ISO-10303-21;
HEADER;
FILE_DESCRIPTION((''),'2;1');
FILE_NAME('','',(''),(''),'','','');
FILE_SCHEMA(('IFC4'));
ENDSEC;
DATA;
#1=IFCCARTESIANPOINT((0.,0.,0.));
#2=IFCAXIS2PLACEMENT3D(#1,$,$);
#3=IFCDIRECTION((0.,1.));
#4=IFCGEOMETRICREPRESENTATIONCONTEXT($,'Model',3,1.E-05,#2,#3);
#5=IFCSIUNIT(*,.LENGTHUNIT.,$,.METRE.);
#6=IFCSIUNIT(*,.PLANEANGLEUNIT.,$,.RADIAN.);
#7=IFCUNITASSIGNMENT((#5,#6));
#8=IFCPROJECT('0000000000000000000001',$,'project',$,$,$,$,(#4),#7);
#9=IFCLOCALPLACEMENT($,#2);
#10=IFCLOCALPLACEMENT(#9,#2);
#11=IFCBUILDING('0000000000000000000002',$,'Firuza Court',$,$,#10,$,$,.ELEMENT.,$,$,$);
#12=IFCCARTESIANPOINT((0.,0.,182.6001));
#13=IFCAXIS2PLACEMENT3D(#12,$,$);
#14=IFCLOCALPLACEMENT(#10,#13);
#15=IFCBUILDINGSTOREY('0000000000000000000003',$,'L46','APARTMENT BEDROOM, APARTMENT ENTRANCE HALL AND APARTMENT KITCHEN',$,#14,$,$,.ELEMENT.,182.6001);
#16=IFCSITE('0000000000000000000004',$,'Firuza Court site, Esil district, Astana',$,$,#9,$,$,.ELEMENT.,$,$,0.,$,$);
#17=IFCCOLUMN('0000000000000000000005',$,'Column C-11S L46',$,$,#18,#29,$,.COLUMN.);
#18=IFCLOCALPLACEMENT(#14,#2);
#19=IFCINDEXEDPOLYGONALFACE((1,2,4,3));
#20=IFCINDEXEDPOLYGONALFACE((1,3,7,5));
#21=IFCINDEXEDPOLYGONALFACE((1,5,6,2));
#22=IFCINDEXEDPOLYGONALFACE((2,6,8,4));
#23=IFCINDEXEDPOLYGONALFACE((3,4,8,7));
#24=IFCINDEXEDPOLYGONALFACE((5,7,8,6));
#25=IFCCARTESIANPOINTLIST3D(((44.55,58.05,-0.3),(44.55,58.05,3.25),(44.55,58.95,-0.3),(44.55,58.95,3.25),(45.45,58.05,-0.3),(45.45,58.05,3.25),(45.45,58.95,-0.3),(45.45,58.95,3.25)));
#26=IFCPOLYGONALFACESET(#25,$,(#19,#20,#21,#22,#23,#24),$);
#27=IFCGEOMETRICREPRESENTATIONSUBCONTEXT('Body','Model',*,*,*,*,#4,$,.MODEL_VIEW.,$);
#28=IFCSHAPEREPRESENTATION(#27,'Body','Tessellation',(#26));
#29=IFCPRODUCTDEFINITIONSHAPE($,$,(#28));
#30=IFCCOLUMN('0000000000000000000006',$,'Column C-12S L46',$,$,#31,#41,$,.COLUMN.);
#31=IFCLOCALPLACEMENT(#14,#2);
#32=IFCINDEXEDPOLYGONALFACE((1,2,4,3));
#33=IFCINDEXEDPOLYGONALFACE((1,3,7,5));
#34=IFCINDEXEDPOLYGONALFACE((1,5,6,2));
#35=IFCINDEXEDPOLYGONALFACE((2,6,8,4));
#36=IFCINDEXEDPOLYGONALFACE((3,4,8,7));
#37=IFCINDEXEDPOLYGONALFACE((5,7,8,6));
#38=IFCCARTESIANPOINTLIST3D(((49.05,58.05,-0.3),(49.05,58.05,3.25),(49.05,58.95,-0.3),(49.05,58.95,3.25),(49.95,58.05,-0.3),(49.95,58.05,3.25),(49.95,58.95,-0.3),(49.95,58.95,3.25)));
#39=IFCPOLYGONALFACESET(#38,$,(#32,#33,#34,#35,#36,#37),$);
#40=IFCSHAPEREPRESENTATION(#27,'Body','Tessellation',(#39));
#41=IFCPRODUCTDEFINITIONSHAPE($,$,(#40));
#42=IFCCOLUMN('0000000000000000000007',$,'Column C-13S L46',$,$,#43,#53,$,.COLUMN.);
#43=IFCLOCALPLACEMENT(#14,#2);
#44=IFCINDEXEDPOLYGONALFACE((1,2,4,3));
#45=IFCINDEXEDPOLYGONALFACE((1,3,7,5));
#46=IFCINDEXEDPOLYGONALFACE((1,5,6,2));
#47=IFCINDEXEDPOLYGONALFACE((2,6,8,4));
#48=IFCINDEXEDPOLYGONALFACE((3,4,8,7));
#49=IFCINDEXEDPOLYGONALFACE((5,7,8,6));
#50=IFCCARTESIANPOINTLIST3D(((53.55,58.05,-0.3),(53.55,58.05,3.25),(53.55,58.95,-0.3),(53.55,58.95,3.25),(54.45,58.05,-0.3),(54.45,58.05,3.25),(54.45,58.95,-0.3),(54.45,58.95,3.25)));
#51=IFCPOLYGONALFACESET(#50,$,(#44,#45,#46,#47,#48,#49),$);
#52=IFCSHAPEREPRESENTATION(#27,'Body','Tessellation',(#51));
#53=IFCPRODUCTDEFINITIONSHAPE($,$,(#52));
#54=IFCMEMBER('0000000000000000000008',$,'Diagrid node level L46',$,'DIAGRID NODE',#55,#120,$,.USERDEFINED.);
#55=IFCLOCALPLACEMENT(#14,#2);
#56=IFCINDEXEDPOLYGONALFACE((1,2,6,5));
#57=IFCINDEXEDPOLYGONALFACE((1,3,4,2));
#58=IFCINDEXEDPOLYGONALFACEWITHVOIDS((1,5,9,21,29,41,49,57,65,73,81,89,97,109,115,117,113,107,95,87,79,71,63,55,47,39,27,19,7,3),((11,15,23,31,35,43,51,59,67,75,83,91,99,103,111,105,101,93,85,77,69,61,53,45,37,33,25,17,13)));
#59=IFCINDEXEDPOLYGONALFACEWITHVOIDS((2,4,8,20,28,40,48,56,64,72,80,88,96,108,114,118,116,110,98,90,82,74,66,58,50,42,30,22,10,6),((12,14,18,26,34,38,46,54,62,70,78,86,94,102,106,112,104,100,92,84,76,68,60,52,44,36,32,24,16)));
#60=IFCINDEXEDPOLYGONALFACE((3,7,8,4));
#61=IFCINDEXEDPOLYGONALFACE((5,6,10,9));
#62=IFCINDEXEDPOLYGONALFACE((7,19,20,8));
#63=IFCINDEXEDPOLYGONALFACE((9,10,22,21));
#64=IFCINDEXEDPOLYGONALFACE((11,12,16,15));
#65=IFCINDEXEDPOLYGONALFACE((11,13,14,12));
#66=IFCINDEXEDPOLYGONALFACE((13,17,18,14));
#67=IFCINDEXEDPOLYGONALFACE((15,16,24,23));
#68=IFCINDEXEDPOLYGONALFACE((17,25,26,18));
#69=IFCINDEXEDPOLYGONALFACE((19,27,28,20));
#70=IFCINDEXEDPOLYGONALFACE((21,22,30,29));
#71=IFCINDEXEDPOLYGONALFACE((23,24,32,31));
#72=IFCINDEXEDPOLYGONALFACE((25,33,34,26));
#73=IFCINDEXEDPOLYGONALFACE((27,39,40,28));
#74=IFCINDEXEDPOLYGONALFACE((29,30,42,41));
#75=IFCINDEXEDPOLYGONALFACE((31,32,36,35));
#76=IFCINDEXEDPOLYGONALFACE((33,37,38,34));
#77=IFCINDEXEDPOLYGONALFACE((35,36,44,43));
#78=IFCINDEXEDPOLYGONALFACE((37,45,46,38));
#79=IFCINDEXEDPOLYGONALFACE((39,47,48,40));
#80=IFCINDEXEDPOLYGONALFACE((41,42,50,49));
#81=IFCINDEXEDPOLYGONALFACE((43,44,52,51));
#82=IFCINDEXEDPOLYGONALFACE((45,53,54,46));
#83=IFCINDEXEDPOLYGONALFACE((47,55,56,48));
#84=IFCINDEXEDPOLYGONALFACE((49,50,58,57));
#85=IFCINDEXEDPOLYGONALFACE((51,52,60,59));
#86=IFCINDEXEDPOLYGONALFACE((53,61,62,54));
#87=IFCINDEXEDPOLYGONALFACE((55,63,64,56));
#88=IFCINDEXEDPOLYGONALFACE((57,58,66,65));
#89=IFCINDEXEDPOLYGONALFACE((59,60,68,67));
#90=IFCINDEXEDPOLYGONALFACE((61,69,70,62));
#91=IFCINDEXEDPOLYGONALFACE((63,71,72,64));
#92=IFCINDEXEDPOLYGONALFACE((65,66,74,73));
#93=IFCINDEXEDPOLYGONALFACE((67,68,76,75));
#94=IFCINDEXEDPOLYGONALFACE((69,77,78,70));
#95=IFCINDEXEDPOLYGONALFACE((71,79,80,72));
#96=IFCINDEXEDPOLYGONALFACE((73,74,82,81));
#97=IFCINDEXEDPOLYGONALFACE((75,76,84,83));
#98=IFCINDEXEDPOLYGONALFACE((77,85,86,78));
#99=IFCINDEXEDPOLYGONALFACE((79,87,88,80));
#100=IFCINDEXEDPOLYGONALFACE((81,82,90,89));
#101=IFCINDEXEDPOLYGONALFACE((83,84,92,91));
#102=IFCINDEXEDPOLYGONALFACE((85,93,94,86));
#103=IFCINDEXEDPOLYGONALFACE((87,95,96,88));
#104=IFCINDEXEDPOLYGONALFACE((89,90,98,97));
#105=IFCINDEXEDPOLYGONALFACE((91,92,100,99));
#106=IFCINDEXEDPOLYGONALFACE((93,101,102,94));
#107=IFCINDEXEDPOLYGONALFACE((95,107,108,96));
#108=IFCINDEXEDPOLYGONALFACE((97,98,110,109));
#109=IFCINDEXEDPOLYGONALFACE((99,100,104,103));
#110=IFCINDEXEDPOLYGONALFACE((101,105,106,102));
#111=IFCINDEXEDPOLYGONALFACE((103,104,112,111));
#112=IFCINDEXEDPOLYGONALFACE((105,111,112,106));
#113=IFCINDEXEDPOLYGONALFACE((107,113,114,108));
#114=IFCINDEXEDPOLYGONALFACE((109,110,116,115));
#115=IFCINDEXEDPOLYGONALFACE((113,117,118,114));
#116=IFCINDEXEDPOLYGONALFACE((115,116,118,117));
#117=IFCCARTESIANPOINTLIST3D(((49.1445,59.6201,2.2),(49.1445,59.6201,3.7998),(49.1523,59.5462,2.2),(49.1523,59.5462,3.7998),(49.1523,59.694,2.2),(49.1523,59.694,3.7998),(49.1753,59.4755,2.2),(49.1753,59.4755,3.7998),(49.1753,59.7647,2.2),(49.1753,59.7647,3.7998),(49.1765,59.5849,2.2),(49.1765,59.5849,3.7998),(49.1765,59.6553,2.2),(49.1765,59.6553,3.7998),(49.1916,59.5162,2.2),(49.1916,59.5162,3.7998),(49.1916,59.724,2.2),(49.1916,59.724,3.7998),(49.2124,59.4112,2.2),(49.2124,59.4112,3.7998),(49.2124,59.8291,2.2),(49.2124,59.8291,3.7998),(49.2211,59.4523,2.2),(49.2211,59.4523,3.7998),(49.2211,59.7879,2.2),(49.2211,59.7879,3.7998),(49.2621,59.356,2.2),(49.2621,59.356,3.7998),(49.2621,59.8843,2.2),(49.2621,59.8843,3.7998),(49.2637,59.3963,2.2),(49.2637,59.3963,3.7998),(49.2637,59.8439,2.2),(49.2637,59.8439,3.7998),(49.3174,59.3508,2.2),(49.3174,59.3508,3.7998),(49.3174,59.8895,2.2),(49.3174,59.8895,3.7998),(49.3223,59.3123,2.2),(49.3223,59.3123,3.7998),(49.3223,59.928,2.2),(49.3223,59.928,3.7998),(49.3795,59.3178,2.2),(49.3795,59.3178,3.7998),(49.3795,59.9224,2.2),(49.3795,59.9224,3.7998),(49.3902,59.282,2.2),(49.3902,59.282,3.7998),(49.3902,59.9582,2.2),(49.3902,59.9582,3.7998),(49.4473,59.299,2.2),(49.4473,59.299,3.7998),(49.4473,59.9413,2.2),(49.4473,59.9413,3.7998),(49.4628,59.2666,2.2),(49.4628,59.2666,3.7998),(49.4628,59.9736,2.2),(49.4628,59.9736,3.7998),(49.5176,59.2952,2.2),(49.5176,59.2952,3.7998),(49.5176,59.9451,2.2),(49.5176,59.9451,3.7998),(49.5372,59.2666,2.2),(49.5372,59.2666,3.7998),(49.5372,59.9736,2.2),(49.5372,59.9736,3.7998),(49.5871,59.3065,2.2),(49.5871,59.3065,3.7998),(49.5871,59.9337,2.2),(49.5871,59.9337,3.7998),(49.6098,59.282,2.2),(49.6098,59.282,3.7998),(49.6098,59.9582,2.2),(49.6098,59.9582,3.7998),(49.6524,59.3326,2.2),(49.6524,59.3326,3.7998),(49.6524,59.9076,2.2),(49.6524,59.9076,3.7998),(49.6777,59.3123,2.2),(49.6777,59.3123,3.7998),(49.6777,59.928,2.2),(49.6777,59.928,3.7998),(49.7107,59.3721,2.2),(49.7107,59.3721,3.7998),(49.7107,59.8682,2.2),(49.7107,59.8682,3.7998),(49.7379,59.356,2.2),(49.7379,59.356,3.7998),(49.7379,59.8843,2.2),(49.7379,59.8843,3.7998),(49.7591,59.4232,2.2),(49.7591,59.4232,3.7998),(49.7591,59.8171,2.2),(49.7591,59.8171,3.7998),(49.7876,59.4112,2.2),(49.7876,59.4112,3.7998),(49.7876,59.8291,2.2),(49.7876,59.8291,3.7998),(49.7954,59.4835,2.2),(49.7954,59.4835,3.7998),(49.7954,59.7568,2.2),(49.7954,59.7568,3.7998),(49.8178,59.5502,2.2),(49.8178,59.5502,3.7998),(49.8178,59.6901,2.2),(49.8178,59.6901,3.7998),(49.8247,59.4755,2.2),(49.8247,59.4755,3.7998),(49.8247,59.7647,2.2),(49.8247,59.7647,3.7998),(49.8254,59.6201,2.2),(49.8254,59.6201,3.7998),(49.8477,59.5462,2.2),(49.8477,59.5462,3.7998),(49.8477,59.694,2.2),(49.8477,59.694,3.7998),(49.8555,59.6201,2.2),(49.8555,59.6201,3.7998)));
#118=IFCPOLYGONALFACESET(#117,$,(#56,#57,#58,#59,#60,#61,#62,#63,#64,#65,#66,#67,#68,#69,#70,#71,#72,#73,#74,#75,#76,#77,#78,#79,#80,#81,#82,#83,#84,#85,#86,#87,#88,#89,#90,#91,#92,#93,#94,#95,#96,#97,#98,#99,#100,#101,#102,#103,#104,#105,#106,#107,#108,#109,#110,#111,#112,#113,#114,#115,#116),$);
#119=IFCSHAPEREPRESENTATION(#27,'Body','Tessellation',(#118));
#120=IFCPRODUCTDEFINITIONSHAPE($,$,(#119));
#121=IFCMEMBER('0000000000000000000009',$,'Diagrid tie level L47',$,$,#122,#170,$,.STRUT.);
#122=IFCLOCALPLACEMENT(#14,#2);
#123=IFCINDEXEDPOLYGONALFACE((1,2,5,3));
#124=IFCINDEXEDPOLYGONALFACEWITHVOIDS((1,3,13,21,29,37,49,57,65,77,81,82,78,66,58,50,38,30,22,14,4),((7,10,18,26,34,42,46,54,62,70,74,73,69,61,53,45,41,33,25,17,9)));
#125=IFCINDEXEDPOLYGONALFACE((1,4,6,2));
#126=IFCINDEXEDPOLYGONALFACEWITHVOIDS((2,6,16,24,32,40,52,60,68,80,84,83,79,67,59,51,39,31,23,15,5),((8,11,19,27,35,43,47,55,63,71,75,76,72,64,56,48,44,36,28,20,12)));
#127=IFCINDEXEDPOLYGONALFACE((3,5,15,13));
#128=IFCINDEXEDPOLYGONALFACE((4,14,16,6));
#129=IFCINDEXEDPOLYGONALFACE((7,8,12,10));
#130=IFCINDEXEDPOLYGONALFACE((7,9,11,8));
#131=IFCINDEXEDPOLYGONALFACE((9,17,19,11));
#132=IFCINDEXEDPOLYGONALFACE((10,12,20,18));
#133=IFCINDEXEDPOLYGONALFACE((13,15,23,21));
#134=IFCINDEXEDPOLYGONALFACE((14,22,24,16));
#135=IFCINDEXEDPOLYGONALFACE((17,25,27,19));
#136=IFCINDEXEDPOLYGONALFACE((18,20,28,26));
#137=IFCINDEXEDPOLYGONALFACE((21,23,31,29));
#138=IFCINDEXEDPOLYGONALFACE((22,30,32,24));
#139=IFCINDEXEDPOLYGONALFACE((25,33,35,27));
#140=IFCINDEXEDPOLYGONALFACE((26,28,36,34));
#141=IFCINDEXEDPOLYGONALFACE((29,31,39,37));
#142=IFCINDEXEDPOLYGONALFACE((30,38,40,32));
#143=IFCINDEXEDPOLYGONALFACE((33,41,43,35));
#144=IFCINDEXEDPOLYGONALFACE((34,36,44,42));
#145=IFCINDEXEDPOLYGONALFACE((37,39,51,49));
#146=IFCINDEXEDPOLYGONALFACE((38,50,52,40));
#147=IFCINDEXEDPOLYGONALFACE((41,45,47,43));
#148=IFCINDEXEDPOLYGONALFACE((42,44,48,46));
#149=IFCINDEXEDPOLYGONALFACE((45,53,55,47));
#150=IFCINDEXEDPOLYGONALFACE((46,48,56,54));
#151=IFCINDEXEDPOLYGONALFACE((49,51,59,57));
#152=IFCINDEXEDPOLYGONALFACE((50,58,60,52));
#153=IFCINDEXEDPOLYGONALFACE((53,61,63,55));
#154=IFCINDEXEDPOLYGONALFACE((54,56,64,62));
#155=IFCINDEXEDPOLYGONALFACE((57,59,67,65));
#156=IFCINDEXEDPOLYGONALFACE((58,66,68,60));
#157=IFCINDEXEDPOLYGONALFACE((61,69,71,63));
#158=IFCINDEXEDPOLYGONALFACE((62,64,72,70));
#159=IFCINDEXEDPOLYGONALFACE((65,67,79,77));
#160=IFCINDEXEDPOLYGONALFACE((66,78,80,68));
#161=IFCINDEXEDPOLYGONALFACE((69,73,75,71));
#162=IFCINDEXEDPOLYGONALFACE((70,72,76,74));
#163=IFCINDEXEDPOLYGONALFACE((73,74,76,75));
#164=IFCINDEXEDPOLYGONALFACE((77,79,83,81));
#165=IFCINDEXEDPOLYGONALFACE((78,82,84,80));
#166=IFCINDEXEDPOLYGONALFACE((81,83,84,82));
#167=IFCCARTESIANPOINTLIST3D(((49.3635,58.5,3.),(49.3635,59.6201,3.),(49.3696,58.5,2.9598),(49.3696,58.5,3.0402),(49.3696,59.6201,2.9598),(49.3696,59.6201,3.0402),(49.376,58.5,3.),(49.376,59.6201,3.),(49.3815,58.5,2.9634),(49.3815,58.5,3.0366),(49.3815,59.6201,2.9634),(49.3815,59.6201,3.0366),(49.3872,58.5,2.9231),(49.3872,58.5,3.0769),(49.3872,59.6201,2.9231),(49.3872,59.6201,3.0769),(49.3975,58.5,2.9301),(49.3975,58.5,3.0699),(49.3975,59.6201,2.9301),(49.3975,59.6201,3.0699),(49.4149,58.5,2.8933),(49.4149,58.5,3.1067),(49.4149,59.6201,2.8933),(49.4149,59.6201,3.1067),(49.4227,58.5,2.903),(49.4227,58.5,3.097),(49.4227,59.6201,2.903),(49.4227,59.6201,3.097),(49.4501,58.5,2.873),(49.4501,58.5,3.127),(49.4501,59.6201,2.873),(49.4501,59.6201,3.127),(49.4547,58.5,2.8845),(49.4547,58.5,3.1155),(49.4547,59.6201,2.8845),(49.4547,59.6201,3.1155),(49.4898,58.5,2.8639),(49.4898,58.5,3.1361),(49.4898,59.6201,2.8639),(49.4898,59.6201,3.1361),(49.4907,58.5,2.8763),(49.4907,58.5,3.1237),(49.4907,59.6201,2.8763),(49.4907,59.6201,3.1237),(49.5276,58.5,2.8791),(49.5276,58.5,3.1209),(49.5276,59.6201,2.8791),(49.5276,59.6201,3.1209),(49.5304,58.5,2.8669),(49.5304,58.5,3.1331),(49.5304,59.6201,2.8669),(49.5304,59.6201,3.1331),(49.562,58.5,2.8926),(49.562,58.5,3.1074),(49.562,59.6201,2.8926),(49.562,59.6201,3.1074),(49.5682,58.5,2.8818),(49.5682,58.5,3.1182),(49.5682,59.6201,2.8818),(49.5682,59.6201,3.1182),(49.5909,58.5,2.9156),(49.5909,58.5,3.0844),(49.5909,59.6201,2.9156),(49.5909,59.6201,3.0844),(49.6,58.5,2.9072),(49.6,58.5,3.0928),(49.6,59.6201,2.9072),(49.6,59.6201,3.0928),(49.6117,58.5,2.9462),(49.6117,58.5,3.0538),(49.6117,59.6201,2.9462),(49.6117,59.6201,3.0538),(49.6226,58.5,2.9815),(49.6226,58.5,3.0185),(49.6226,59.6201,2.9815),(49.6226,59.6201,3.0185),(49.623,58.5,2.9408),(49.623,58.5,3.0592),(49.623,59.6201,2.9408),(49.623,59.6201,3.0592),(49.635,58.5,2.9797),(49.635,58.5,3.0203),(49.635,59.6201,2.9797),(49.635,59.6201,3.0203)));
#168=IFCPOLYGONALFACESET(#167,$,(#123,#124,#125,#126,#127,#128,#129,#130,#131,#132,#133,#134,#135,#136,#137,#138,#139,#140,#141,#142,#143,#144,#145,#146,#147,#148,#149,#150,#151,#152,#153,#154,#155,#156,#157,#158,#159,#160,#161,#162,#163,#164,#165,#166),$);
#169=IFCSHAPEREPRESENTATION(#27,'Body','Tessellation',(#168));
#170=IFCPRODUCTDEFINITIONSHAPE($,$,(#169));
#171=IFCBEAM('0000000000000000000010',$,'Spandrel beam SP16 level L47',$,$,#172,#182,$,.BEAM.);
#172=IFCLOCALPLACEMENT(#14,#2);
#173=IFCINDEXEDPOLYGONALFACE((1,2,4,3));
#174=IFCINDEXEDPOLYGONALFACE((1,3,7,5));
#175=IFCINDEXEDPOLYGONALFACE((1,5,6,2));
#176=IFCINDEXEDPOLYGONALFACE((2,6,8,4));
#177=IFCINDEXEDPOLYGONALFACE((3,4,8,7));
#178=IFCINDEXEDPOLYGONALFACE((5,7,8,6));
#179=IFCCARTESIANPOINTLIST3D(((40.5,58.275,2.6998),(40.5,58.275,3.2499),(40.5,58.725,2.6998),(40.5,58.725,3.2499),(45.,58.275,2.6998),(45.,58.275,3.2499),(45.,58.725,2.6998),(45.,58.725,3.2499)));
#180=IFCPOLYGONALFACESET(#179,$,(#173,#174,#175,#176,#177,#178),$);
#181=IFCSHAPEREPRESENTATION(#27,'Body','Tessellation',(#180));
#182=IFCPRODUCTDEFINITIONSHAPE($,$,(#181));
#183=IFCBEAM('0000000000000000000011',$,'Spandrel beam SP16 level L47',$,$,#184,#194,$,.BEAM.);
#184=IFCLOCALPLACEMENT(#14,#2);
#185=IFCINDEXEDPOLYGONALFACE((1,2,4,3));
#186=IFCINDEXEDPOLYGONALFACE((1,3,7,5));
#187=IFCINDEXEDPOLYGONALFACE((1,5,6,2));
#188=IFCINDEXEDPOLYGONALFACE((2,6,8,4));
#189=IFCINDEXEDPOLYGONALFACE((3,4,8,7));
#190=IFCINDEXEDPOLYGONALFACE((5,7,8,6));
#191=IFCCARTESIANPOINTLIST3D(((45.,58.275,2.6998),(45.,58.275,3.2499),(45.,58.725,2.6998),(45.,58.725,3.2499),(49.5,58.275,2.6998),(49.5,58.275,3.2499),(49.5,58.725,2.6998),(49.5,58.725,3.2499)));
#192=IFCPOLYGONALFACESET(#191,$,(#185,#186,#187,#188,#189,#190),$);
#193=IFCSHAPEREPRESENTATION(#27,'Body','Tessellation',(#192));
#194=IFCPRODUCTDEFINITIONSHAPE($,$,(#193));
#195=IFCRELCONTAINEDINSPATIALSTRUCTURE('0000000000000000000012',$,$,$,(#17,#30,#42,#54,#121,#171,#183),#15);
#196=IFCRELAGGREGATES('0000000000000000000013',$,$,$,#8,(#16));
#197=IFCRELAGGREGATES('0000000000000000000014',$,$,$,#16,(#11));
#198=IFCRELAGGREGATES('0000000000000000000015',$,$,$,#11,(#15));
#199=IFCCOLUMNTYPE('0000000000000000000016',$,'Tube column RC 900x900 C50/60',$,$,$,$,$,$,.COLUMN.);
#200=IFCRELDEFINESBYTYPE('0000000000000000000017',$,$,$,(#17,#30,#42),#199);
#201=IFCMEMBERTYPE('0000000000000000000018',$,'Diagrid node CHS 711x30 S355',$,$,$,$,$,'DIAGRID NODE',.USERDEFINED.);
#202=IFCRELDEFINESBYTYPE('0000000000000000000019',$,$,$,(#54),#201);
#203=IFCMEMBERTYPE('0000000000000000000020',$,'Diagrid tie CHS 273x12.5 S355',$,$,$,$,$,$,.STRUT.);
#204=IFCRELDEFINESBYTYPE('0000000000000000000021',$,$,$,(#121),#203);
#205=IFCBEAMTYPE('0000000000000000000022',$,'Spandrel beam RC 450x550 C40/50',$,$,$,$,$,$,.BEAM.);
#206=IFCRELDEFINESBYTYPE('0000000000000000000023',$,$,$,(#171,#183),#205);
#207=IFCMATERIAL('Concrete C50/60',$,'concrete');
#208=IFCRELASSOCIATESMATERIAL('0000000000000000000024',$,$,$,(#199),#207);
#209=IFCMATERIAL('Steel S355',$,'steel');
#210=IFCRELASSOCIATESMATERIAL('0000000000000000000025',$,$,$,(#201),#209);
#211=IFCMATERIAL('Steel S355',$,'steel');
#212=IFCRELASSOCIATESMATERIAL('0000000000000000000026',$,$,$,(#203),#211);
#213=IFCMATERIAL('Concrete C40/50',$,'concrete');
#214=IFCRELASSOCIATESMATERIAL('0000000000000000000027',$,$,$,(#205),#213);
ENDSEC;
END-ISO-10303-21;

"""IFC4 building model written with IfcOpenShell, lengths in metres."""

from ifc_helpers import new_model, si_unit, direction, frame, origin, origin_2d, place, context, subcontext, project, spatial, rectangle, hollow_circle, extrude, material, material_profile, profile_set, type_object, element, save


model = new_model("IFC4")

# Units and contexts
model_context = context("Model", 3, precision=1e-05, world=origin(), true_north=direction((0.0, 1.0)))
body_context = subcontext(model_context, "Body", "Model", "MODEL_VIEW")
ifc_project = project(units=[si_unit("LENGTHUNIT", "METRE"), si_unit("PLANEANGLEUNIT", "RADIAN")], contexts=[model_context])

# Site, building, storey
site_placement = place(None, origin())
site = spatial("IfcSite", under=ifc_project, at=site_placement, Name="Firuza Court site, Esil district, Astana", CompositionType="ELEMENT", RefElevation=0.0)
building_placement = place(site_placement, origin())
building = spatial("IfcBuilding", under=site, at=building_placement, Name="Firuza Court", CompositionType="ELEMENT")
storey_placement = place(building_placement, frame((0.0, 0.0, 182.6001)))
storey = spatial("IfcBuildingStorey", under=building, at=storey_placement, Name="L46", Description="APARTMENT BEDROOM, APARTMENT ENTRANCE HALL AND APARTMENT KITCHEN", CompositionType="ELEMENT", Elevation=182.6001)

# Columns
ifc_material_1 = material(Name="Concrete C50/60", Category="concrete")
ifc_material_profile_1 = material_profile(ifc_material_1, rectangle(XDim=0.8999, YDim=0.8999, at=origin_2d()), Name="RC 900x900")
ifc_profile_set_1 = profile_set([ifc_material_profile_1], Name="Concrete C50/60")
column_type = type_object("IfcColumnType", Name="Tube column RC 900x900 C50/60", PredefinedType="COLUMN", material=ifc_profile_set_1)
for number, where, z_axis, x_axis, name in (
    (1, (45.0, 58.5, -0.3), (0.0, 0.0, 1.0), (1.0, 0.0, 0.0), "Column C-11S L46"),
    (2, (49.5, 58.5, -0.3), (0.0, 0.0, 1.0), (1.0, 0.0, 0.0), "Column C-12S L46"),
    (3, (54.0, 58.5, -0.3), (0.0, 0.0, 1.0), (1.0, 0.0, 0.0), "Column C-13S L46"),
):
    element("IfcColumn", number, at=place(storey_placement, frame(where, z_axis=z_axis, x_axis=x_axis)), inside=storey, type_object=column_type, Name=name, PredefinedType="COLUMN", context=body_context, shape_type="SweptSolid", body=[
        extrude(rectangle(XDim=0.8999, YDim=0.8999, at=origin_2d()), origin(), (0.0, 0.0, 1.0), 3.55),
    ])

# Members
ifc_material_2 = material(Name="Steel S355", Category="steel")
ifc_material_profile_2 = material_profile(ifc_material_2, hollow_circle(Radius=0.3555, WallThickness=0.03, at=origin_2d()), Name="CHS 711x30")
ifc_profile_set_2 = profile_set([ifc_material_profile_2], Name="Steel S355")
member_type_1 = type_object("IfcMemberType", Name="Diagrid node CHS 711x30 S355", ElementType="DIAGRID NODE", PredefinedType="USERDEFINED", material=ifc_profile_set_2)
member_1_placement = place(storey_placement, frame((49.5, 59.6201, 2.2), z_axis=(0.0, 0.0, 1.0), x_axis=(1.0, 0.0, 0.0)))
element("IfcMember", 4, at=member_1_placement, inside=storey, type_object=member_type_1, Name="Diagrid node level L46", ObjectType="DIAGRID NODE", PredefinedType="USERDEFINED", context=body_context, shape_type="SweptSolid", body=[
    extrude(hollow_circle(Radius=0.3555, WallThickness=0.03, at=origin_2d()), origin(), (0.0, 0.0, 1.0), 1.5999),
])
ifc_material_3 = material(Name="Steel S355", Category="steel")
ifc_material_profile_3 = material_profile(ifc_material_3, hollow_circle(Radius=0.1365, WallThickness=0.0125, at=origin_2d()), Name="CHS 273x12.5")
ifc_profile_set_3 = profile_set([ifc_material_profile_3], Name="Steel S355")
member_type_2 = type_object("IfcMemberType", Name="Diagrid tie CHS 273x12.5 S355", PredefinedType="STRUT", material=ifc_profile_set_3)
member_2_placement = place(storey_placement, frame((49.5, 58.5, 3.0), z_axis=(0.0, 1.0, 0.0), x_axis=(-1.0, 0.0, 0.0)))
element("IfcMember", 5, at=member_2_placement, inside=storey, type_object=member_type_2, Name="Diagrid tie level L47", PredefinedType="STRUT", context=body_context, shape_type="SweptSolid", body=[
    extrude(hollow_circle(Radius=0.1365, WallThickness=0.0125, at=origin_2d()), origin(), (0.0, 0.0, 1.0), 1.1201),
])

# Beams
ifc_material_4 = material(Name="Concrete C40/50", Category="concrete")
ifc_material_profile_4 = material_profile(ifc_material_4, rectangle(XDim=0.45, YDim=0.55, at=origin_2d()), Name="RC 450x550")
ifc_profile_set_4 = profile_set([ifc_material_profile_4], Name="Concrete C40/50")
beam_type_1 = type_object("IfcBeamType", Name="Spandrel beam RC 450x550 C40/50", PredefinedType="BEAM", material=ifc_profile_set_4)
for number, where, z_axis, x_axis, name in (
    (6, (45.0, 58.5, 2.9749), (-1.0, 0.0, 0.0), (0.0, -1.0, 0.0), "Spandrel beam SP16 level L47"),
    (7, (49.5, 58.5, 2.9749), (-1.0, 0.0, 0.0), (0.0, -1.0, 0.0), "Spandrel beam SP16 level L47"),
):
    element("IfcBeam", number, at=place(storey_placement, frame(where, z_axis=z_axis, x_axis=x_axis)), inside=storey, type_object=beam_type_1, Name=name, PredefinedType="BEAM", context=body_context, shape_type="SweptSolid", body=[
        extrude(rectangle(XDim=0.45, YDim=0.55, at=origin_2d()), origin(), (0.0, 0.0, 1.0), 4.5),
    ])

save(model, "model.ifc")
